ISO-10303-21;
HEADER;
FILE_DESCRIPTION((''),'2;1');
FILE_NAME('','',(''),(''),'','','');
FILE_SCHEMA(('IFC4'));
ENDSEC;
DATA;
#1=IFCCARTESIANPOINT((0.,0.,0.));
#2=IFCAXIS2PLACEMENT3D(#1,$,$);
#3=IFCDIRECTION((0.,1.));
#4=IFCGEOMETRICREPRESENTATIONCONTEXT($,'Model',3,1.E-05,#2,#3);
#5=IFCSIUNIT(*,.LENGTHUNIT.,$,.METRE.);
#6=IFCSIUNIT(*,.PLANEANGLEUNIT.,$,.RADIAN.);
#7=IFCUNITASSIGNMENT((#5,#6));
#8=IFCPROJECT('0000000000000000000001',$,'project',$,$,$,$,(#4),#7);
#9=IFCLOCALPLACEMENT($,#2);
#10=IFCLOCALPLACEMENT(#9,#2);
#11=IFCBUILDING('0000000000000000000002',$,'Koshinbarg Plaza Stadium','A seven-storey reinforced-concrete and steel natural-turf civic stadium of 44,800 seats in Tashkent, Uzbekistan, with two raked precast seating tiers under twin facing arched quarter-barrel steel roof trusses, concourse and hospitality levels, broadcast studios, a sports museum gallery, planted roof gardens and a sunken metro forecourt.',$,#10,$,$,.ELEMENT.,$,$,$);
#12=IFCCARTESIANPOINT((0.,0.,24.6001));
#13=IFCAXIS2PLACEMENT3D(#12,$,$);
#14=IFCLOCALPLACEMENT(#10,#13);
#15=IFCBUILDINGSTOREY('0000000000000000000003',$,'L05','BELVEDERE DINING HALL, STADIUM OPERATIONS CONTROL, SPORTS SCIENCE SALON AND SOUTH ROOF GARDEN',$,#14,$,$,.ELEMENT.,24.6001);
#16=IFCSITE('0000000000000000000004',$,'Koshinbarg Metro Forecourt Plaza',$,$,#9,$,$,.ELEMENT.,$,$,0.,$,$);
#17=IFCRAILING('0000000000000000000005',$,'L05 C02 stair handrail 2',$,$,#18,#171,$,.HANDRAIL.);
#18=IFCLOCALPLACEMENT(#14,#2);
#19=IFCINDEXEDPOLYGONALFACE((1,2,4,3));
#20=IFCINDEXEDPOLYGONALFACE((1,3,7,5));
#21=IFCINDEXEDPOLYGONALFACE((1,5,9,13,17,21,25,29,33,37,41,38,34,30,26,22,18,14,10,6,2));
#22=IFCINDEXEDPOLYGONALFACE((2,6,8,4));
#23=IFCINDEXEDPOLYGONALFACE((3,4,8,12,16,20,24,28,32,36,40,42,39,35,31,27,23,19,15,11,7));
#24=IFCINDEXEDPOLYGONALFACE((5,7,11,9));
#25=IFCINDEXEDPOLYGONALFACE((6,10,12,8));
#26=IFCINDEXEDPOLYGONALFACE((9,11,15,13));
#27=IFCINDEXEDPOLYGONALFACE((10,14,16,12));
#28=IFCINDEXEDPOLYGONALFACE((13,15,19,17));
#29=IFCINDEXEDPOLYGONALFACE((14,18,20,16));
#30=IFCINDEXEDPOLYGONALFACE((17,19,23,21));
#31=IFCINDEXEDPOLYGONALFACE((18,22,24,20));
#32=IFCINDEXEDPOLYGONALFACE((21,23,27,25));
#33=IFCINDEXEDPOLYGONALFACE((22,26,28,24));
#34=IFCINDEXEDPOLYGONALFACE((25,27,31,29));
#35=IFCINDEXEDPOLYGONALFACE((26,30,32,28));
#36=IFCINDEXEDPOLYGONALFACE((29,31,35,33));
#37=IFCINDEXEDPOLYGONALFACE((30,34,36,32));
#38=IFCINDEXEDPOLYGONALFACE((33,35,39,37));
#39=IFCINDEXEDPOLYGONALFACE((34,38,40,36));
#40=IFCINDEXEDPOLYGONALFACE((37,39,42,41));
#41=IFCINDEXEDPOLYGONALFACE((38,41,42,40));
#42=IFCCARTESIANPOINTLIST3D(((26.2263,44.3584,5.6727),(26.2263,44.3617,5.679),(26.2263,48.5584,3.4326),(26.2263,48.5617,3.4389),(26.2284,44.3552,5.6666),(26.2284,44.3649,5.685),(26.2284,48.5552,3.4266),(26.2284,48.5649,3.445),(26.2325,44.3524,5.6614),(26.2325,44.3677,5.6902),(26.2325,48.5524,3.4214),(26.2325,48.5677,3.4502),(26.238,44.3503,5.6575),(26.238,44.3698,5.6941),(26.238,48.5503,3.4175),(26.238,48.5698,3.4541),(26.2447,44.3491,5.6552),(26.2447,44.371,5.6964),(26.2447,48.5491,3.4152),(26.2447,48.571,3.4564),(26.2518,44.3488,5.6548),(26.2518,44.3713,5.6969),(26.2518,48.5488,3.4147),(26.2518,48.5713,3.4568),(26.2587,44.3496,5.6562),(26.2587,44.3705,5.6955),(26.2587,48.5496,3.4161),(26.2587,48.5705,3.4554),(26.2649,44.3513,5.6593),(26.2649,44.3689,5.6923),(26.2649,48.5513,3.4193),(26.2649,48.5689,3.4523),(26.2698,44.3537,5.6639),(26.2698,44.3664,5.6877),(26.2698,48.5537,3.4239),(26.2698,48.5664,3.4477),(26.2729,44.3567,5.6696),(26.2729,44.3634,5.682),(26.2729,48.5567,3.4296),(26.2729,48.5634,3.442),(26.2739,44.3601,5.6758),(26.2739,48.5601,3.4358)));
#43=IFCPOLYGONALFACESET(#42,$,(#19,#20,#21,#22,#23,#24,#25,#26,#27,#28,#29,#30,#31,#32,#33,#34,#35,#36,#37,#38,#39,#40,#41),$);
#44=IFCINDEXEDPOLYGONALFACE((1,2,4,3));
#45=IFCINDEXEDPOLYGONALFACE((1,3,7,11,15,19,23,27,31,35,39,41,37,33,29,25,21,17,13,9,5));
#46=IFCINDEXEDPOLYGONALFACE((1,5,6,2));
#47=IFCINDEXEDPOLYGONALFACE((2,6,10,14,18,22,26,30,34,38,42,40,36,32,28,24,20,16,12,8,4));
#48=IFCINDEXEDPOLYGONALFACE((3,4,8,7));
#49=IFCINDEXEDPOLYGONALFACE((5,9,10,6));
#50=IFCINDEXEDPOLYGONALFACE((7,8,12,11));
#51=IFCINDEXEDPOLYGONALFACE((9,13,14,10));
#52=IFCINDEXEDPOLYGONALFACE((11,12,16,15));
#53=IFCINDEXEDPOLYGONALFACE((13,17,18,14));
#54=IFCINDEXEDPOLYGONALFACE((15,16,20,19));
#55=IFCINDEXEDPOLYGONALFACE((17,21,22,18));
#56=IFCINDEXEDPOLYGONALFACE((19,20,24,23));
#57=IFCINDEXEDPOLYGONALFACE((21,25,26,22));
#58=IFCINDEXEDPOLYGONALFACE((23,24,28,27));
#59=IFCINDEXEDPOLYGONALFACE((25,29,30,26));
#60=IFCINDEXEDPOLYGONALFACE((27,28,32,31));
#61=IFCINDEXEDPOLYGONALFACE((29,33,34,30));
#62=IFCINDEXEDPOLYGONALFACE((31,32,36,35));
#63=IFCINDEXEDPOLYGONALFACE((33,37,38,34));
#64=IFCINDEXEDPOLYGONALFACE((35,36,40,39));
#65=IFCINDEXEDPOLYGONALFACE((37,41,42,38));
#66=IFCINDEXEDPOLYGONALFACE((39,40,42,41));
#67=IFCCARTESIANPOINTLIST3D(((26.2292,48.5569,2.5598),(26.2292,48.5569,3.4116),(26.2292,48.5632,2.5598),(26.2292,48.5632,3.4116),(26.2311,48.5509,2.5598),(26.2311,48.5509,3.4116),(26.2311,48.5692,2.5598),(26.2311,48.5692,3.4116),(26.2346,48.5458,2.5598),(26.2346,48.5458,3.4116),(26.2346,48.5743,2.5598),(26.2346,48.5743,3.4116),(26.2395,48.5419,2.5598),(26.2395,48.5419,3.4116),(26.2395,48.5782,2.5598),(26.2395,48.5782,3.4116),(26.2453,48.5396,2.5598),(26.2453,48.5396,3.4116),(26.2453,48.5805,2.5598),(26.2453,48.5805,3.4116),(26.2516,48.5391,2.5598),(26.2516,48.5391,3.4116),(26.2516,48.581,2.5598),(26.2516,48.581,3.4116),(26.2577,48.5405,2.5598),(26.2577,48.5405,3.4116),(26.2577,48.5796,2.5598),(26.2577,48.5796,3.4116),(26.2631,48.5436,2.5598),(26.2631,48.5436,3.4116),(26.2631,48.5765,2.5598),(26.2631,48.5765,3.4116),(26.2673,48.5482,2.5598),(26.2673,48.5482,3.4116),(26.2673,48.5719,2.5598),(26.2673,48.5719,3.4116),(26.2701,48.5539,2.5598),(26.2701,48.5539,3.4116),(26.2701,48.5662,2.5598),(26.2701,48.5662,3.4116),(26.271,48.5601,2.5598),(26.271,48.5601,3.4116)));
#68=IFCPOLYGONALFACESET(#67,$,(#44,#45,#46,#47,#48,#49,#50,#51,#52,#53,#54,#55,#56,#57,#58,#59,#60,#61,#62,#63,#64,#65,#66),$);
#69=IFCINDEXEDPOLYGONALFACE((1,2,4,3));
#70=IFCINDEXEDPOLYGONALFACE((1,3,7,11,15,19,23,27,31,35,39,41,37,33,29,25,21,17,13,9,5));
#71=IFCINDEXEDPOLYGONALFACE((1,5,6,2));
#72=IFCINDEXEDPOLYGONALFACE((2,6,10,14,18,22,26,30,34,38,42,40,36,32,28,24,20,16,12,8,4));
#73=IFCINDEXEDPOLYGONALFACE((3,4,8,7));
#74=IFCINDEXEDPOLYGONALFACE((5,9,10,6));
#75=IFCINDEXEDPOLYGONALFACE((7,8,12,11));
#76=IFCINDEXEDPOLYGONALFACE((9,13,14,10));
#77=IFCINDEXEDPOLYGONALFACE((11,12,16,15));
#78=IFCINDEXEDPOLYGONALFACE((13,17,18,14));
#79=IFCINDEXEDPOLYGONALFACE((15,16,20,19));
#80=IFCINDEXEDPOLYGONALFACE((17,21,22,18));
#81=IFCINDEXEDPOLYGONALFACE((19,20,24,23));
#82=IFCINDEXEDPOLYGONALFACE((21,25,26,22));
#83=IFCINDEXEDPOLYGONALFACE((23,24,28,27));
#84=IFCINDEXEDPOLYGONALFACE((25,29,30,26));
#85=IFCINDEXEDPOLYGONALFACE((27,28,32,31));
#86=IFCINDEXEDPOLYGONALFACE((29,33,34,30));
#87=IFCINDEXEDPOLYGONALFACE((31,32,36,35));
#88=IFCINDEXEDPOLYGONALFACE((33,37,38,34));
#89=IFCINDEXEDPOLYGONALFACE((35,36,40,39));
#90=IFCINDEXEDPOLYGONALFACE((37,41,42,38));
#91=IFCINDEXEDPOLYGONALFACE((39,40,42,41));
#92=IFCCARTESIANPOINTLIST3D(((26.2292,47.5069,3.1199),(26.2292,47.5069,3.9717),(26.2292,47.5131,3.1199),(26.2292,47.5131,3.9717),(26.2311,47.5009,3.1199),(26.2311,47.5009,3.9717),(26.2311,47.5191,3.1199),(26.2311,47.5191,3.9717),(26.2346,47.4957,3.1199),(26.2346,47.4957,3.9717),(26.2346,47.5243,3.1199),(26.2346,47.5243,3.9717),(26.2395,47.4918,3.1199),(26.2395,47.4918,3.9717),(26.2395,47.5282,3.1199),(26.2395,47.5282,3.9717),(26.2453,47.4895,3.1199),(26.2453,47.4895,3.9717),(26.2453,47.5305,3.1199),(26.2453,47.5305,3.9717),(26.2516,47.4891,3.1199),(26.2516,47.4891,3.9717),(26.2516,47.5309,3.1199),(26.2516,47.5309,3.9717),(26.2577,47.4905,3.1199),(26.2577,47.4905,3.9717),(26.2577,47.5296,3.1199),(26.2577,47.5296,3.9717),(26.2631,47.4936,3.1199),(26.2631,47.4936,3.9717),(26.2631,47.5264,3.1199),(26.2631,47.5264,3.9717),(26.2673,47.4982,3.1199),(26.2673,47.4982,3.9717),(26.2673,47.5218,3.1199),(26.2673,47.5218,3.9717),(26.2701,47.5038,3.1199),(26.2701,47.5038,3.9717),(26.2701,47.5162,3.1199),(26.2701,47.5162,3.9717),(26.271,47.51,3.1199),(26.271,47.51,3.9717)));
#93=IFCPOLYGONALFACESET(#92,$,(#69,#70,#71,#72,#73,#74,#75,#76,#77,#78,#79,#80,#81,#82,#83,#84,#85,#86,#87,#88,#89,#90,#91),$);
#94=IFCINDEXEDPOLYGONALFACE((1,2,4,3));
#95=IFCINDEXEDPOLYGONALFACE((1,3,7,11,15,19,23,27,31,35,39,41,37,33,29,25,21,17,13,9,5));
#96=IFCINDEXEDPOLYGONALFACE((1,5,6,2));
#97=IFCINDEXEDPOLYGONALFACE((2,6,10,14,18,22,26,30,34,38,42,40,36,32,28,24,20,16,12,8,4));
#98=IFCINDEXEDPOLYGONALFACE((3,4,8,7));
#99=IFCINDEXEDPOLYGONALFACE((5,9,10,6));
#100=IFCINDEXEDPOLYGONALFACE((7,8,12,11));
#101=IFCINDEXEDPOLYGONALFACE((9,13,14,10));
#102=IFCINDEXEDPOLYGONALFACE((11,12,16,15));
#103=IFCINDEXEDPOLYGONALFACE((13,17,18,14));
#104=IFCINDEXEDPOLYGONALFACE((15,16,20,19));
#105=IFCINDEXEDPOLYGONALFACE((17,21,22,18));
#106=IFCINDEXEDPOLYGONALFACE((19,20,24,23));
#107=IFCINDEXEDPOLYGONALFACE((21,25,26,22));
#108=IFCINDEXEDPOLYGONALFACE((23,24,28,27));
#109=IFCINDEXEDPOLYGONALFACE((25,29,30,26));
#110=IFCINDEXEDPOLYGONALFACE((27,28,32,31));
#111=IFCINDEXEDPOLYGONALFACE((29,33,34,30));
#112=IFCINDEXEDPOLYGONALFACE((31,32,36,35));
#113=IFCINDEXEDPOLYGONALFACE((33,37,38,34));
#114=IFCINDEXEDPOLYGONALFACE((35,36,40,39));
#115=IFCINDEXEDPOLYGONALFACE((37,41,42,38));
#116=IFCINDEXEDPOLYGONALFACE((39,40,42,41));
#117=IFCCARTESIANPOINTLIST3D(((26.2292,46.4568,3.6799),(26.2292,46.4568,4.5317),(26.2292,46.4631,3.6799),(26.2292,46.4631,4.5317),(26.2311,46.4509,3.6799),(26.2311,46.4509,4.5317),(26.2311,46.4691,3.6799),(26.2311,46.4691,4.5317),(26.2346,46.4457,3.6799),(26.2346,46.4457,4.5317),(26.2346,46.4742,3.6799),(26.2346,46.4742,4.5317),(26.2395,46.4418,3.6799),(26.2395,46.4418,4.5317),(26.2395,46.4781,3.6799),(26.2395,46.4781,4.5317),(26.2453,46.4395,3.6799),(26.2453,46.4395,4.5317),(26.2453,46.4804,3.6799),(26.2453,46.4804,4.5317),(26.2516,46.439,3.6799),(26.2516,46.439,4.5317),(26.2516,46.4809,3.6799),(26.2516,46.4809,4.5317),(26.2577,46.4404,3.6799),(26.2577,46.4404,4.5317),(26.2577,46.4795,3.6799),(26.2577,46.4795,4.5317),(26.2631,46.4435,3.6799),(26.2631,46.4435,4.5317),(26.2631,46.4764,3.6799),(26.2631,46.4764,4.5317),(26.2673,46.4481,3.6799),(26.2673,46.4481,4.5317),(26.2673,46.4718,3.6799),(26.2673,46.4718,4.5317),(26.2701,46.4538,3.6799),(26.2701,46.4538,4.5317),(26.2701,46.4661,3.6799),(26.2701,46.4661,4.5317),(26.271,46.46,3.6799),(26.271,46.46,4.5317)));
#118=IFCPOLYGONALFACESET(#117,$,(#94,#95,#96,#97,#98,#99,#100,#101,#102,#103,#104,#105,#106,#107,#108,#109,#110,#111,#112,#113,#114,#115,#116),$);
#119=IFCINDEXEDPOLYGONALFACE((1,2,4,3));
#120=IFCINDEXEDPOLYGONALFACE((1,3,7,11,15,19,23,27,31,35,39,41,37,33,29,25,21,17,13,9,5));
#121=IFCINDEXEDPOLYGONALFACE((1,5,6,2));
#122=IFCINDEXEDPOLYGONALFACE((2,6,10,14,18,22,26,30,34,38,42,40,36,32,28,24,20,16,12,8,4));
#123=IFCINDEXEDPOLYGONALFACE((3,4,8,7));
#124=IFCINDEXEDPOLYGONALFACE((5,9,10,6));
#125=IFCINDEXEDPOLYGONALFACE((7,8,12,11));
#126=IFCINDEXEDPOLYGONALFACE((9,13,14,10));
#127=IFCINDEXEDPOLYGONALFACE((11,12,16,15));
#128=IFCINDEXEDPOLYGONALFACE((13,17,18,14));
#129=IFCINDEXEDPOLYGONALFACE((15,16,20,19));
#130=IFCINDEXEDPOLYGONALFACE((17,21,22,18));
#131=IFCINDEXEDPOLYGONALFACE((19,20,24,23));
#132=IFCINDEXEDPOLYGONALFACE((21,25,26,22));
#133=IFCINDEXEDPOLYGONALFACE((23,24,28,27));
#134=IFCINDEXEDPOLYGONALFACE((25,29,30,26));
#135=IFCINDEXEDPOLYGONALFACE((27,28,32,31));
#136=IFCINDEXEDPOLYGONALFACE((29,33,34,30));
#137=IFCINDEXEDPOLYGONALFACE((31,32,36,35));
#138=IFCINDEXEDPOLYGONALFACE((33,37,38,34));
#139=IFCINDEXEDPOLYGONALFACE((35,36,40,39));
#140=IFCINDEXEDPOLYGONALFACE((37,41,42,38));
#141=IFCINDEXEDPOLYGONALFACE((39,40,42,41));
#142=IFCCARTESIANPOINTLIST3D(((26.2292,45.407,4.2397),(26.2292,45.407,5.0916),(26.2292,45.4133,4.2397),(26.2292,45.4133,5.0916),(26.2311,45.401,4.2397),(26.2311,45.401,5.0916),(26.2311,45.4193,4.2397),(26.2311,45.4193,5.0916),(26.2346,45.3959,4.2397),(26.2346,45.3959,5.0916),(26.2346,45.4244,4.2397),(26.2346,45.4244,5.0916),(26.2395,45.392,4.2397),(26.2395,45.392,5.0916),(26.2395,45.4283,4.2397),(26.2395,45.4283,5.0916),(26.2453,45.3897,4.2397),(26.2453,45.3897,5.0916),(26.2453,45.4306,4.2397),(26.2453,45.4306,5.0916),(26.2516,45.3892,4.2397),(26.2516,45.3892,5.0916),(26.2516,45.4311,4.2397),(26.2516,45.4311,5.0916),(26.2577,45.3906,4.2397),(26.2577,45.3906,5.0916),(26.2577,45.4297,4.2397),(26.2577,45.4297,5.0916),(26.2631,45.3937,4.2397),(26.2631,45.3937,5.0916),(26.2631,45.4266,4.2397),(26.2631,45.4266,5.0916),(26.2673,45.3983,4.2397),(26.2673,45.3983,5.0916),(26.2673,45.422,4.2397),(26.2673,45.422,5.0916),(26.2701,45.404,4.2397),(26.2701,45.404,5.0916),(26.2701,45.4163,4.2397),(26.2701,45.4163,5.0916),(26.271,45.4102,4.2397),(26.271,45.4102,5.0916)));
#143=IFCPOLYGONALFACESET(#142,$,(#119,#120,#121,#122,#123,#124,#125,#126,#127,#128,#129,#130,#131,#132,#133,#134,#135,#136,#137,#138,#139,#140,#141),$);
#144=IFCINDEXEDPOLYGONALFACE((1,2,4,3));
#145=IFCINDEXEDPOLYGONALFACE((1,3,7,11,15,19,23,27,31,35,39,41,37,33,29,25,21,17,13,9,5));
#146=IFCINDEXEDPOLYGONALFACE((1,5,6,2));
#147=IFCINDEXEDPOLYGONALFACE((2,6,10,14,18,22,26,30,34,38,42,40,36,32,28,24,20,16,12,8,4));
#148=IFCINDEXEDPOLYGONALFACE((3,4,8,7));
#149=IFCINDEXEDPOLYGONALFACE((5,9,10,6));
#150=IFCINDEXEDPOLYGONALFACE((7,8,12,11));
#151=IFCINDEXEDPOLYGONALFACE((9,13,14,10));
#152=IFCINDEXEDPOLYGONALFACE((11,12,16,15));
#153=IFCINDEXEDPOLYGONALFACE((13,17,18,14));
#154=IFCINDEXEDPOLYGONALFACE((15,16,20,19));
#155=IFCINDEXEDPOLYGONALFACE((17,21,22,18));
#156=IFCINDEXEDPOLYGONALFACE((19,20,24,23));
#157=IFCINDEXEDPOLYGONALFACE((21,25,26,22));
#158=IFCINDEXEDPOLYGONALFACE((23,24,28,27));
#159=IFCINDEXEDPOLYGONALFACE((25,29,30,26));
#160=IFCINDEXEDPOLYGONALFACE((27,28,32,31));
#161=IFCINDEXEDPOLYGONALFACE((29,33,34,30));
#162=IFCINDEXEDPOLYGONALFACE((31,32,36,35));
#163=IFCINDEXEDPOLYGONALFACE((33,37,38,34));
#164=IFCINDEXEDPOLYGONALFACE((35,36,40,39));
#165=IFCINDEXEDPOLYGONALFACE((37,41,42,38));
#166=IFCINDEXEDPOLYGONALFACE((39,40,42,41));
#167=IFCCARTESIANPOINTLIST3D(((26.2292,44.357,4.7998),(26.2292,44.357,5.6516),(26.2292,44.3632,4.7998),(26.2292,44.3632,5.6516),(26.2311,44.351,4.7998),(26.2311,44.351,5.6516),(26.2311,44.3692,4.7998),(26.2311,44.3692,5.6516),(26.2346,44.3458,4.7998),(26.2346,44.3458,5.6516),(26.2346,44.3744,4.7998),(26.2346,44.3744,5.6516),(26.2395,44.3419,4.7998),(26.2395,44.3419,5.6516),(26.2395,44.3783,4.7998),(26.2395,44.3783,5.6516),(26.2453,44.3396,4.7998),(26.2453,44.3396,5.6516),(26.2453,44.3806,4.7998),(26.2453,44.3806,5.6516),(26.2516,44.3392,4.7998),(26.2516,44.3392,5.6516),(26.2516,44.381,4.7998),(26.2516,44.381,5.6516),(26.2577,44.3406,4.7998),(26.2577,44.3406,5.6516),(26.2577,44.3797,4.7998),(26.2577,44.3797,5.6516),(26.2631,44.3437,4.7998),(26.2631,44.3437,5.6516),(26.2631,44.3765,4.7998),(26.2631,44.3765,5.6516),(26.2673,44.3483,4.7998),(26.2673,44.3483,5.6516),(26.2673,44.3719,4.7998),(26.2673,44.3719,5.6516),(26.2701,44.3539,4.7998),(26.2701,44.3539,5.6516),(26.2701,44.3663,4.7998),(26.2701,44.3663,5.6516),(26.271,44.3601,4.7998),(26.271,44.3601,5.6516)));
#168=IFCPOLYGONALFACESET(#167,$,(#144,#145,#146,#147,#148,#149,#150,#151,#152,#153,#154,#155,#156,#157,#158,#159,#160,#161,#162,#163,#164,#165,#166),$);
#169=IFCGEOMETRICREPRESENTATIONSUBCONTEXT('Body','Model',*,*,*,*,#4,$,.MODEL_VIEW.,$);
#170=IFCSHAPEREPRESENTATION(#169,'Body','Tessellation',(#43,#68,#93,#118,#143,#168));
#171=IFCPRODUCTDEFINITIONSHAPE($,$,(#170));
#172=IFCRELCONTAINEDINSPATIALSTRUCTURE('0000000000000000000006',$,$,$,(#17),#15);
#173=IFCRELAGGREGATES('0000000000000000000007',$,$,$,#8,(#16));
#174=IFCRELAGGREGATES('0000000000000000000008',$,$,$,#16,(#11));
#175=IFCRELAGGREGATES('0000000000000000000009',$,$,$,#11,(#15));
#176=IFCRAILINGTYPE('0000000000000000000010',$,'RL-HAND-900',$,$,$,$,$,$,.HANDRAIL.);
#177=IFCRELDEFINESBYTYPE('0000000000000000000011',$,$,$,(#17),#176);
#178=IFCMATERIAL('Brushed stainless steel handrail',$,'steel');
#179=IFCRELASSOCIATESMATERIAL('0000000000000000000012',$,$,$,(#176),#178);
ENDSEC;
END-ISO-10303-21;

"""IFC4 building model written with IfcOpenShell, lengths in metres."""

from ifc_helpers import new_model, si_unit, direction, frame, origin, origin_2d, place, context, subcontext, project, spatial, circle, extrude, material, type_object, element, save


model = new_model("IFC4")

# Units and contexts
model_context = context("Model", 3, precision=1e-05, world=origin(), true_north=direction((0.0, 1.0)))
body_context = subcontext(model_context, "Body", "Model", "MODEL_VIEW")
ifc_project = project(units=[si_unit("LENGTHUNIT", "METRE"), si_unit("PLANEANGLEUNIT", "RADIAN")], contexts=[model_context])

# Site, building, storey
site_placement = place(None, origin())
site = spatial("IfcSite", under=ifc_project, at=site_placement, Name="Koshinbarg Metro Forecourt Plaza", CompositionType="ELEMENT", RefElevation=0.0)
building_placement = place(site_placement, origin())
building = spatial("IfcBuilding", under=site, at=building_placement, Name="Koshinbarg Plaza Stadium", Description="A seven-storey reinforced-concrete and steel natural-turf civic stadium of 44,800 seats in Tashkent, Uzbekistan, with two raked precast seating tiers under twin facing arched quarter-barrel steel roof trusses, concourse and hospitality levels, broadcast studios, a sports museum gallery, planted roof gardens and a sunken metro forecourt.", CompositionType="ELEMENT")
storey_placement = place(building_placement, frame((0.0, 0.0, 24.6001)))
storey = spatial("IfcBuildingStorey", under=building, at=storey_placement, Name="L05", Description="BELVEDERE DINING HALL, STADIUM OPERATIONS CONTROL, SPORTS SCIENCE SALON AND SOUTH ROOF GARDEN", CompositionType="ELEMENT", Elevation=24.6001)

# Railing
ifc_material_1 = material(Name="Brushed stainless steel handrail", Category="steel")
railing_type_1 = type_object("IfcRailingType", Name="RL-HAND-900", PredefinedType="HANDRAIL", material=ifc_material_1)
railing_1_placement = place(storey_placement, frame((26.25, 48.5601, 2.5598)))
element("IfcRailing", 1, at=railing_1_placement, inside=storey, type_object=railing_type_1, Name="L05 C02 stair handrail 2", PredefinedType="HANDRAIL", context=body_context, shape_type="SweptSolid", body=[
    extrude(circle(Radius=0.0239, at=origin_2d()), frame((0.0, 0.0, 0.876), z_axis=(0.0, -0.882352, 0.470591), x_axis=(1.0, 0.0, 0.0)), (0.0, 0.0, 1.0), 4.76),
    extrude(circle(Radius=0.021, at=origin_2d()), origin(), (0.0, 0.0, 1.0), 0.8518),
    extrude(circle(Radius=0.021, at=origin_2d()), frame((0.0, -1.05, 0.5601)), (0.0, 0.0, 1.0), 0.8518),
    extrude(circle(Radius=0.021, at=origin_2d()), frame((0.0, -2.1001, 1.1201)), (0.0, 0.0, 1.0), 0.8518),
    extrude(circle(Radius=0.021, at=origin_2d()), frame((0.0, -3.1499, 1.6799)), (0.0, 0.0, 1.0), 0.8518),
    extrude(circle(Radius=0.021, at=origin_2d()), frame((0.0, -4.2, 2.24)), (0.0, 0.0, 1.0), 0.8518),
])

save(model, "model.ifc")
